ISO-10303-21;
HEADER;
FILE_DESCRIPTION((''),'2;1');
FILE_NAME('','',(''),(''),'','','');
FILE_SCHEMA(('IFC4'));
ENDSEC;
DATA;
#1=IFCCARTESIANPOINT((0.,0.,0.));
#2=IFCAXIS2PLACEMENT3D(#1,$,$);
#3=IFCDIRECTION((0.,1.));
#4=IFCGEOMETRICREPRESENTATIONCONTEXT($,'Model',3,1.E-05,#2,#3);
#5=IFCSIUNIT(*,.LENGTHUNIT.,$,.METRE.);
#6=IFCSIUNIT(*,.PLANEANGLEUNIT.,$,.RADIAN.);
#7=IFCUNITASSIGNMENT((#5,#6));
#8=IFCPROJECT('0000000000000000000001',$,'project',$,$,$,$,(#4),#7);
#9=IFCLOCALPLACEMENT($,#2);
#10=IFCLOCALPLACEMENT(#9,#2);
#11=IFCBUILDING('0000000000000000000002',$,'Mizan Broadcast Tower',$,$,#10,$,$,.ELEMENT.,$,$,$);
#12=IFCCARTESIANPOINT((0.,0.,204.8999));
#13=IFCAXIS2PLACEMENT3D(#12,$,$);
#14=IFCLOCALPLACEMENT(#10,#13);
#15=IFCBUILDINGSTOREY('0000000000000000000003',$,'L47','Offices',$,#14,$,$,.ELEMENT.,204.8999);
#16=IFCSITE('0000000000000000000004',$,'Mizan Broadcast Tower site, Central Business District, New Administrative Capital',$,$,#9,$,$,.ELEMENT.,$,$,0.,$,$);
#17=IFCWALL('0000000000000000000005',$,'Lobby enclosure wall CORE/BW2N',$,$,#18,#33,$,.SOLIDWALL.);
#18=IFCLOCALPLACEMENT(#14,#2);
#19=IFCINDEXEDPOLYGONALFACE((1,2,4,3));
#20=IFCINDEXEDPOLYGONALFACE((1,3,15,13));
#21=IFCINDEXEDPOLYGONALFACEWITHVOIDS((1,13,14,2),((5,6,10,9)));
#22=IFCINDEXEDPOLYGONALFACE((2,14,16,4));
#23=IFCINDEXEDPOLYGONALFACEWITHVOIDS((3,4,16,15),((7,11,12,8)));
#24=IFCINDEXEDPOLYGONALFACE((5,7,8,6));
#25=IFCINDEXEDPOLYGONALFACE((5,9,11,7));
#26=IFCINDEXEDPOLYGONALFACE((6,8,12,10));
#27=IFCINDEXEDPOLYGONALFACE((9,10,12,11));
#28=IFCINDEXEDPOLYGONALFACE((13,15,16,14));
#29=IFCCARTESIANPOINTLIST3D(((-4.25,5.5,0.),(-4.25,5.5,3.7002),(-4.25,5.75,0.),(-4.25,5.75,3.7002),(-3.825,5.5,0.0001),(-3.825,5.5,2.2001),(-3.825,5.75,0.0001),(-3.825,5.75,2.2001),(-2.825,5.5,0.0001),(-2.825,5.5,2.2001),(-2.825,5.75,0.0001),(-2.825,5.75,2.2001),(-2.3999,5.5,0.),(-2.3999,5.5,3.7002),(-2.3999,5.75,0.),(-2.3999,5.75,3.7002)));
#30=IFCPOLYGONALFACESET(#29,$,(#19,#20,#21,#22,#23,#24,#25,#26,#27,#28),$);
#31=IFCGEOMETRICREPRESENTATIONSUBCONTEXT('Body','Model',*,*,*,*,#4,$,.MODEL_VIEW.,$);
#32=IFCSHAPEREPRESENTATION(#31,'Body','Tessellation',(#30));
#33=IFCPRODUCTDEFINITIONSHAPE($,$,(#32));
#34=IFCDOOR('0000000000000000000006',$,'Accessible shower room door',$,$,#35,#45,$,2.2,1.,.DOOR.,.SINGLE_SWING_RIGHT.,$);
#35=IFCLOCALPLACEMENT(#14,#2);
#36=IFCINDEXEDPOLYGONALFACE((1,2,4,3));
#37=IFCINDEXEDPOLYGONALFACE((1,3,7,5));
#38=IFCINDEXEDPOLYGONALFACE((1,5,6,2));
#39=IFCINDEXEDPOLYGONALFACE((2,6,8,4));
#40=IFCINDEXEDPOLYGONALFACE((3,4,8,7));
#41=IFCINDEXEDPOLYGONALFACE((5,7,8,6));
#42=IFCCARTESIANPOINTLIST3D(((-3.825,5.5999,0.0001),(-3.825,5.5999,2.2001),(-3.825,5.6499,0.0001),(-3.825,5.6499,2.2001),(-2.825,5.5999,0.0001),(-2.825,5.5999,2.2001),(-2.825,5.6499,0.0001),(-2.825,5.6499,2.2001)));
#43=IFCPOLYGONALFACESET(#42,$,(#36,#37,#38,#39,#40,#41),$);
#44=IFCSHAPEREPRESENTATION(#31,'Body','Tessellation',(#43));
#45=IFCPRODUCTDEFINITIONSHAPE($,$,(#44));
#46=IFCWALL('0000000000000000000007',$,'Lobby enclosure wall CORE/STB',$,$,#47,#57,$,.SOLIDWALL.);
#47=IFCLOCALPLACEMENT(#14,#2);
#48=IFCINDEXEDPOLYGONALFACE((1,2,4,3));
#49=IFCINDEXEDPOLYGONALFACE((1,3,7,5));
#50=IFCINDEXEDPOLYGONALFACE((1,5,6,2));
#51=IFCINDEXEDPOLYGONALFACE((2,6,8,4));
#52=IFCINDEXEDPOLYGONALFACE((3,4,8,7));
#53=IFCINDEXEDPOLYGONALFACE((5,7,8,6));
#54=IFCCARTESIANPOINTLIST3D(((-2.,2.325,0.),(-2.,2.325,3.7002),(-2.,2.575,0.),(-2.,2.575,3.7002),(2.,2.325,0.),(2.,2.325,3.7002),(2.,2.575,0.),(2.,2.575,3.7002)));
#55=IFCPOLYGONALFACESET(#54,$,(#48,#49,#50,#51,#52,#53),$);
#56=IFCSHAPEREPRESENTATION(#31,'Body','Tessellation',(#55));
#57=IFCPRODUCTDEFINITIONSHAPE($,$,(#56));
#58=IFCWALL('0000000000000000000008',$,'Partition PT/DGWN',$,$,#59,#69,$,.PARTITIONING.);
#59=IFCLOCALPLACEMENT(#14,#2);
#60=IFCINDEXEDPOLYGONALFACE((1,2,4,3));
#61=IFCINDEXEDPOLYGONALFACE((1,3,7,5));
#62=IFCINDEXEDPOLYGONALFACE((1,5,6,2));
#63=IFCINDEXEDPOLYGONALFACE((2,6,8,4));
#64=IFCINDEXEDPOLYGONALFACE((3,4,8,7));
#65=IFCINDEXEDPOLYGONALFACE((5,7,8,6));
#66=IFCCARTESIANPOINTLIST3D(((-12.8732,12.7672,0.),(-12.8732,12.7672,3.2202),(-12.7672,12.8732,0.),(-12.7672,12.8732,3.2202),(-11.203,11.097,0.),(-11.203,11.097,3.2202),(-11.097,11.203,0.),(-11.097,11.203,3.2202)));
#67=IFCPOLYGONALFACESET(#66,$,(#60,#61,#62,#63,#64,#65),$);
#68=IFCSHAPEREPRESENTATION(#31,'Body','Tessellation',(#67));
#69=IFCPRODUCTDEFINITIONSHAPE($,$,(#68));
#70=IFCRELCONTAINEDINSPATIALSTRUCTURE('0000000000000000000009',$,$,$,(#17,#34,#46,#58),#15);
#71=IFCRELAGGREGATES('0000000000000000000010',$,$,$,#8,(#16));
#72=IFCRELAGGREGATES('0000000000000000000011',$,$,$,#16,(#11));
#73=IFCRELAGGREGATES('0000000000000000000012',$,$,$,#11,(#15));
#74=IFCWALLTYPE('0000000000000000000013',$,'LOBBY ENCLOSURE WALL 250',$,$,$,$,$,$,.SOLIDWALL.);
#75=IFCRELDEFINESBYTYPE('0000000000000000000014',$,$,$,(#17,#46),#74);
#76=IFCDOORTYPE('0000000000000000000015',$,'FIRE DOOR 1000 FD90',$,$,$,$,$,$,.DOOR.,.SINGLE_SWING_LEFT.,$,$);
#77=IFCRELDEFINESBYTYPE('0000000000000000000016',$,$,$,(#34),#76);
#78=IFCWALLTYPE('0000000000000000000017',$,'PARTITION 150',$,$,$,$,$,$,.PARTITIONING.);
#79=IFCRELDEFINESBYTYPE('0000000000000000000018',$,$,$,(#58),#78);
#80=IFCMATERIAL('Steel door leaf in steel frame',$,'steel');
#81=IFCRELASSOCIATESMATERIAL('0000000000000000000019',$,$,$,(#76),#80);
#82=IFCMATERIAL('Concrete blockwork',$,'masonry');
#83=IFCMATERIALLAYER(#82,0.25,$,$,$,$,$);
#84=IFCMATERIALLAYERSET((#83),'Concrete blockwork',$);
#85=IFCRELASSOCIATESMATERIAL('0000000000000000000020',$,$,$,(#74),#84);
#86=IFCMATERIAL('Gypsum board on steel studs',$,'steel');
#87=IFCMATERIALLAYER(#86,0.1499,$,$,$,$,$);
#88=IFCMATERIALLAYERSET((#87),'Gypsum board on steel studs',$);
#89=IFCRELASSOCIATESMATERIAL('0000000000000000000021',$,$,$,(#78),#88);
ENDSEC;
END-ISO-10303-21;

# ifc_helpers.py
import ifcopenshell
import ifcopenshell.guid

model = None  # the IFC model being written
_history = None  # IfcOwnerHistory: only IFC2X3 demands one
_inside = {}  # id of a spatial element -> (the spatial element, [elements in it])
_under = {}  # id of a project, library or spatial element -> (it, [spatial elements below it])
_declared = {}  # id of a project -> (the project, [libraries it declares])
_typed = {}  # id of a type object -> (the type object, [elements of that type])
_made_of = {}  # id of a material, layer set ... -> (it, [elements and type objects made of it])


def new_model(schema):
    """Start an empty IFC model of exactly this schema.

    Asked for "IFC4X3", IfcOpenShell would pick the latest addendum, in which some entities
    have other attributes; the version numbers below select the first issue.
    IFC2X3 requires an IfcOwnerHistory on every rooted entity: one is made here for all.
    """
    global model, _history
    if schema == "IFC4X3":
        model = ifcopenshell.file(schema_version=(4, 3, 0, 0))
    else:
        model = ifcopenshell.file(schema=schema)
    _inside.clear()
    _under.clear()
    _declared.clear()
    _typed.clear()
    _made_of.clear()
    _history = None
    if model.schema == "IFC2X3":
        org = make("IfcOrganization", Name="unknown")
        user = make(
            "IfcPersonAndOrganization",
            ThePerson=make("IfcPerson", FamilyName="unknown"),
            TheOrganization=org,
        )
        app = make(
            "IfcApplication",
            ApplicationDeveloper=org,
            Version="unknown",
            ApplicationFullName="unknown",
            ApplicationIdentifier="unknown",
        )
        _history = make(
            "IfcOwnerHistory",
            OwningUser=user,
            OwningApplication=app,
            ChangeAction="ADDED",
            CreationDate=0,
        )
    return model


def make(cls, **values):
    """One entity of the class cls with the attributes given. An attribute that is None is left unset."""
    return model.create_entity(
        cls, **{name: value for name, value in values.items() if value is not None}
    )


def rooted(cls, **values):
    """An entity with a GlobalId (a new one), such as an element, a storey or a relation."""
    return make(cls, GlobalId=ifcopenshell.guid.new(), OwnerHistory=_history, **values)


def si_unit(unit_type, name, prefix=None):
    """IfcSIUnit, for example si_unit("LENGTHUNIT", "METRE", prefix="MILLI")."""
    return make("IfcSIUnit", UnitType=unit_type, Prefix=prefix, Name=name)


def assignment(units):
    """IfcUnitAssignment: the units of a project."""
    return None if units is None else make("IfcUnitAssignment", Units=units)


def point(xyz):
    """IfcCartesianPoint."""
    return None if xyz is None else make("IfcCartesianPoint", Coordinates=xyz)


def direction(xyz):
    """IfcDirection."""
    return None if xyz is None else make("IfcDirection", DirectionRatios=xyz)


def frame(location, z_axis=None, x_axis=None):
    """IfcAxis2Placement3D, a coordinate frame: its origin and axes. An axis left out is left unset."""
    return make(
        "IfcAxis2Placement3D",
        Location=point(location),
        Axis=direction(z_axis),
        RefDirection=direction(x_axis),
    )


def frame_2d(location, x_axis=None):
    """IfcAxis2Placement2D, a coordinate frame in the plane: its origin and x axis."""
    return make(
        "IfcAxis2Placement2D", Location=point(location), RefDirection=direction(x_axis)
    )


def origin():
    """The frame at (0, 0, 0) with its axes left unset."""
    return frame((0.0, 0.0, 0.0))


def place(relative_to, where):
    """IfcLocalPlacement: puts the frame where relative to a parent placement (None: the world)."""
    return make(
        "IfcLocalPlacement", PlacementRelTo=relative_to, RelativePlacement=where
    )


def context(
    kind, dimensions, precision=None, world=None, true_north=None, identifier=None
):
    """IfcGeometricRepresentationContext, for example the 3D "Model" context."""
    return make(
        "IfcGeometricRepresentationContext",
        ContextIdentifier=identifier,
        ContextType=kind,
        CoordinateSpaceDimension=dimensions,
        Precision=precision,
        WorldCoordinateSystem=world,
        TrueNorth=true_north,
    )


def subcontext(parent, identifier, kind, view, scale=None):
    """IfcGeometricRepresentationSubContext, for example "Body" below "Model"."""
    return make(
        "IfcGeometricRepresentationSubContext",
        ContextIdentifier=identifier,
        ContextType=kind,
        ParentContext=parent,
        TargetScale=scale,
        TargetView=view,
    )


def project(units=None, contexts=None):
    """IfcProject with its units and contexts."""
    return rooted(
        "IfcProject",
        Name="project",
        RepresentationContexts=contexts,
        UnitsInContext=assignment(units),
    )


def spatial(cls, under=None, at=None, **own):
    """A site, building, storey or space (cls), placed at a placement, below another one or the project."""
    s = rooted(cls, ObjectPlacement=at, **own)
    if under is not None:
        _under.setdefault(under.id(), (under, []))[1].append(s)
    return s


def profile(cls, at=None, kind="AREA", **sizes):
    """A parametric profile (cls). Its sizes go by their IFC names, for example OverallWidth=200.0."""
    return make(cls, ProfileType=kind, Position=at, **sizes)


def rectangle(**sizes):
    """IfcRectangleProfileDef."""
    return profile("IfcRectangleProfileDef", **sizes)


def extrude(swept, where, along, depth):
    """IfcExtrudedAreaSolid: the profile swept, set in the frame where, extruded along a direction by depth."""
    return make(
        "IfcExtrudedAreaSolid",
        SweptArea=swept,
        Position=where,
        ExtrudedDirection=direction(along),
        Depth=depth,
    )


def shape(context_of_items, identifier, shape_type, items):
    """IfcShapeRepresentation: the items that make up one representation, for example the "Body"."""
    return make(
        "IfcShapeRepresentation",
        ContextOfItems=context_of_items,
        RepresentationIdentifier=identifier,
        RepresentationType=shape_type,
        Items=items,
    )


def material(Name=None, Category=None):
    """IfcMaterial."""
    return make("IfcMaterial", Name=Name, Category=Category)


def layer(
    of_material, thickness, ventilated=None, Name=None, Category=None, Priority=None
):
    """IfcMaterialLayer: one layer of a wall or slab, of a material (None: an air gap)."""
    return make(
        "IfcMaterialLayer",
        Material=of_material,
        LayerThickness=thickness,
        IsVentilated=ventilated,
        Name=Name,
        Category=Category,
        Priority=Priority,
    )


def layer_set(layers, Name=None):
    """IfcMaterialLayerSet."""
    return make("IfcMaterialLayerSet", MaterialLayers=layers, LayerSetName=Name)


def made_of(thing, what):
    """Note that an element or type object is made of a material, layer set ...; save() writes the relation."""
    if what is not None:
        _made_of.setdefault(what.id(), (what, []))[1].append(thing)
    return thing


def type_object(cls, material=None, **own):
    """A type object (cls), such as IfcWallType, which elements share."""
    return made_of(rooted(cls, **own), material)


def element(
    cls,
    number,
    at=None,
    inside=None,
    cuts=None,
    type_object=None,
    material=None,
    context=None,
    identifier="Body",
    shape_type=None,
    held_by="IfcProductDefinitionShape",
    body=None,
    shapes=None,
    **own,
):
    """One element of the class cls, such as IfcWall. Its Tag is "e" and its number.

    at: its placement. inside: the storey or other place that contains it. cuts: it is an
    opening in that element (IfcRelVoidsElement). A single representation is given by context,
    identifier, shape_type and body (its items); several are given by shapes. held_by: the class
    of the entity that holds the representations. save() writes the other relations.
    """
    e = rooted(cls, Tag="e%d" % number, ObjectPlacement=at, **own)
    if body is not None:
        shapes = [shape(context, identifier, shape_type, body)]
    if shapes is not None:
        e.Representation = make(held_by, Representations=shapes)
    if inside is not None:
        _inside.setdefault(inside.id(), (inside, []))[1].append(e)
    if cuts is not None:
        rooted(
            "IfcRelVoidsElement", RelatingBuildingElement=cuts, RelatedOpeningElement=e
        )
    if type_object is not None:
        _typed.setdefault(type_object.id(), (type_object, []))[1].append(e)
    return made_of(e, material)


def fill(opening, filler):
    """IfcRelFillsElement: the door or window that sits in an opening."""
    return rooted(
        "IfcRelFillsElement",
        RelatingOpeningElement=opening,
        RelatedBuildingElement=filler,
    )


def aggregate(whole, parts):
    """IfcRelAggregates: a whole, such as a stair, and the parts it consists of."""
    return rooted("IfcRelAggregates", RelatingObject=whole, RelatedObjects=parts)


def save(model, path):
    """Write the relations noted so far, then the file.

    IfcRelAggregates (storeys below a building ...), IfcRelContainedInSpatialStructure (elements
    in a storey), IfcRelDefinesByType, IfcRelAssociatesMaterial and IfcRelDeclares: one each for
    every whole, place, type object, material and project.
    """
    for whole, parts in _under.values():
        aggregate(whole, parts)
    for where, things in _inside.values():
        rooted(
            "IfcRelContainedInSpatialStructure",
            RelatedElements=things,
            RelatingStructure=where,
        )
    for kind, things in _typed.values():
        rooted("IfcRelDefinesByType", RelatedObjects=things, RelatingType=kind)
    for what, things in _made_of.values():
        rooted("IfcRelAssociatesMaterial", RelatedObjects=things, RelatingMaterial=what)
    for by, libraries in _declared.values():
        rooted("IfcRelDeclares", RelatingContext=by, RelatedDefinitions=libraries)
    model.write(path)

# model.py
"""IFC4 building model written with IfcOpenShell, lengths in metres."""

from ifc_helpers import new_model, si_unit, direction, frame, frame_2d, origin, place, context, subcontext, project, spatial, rectangle, extrude, material, layer, layer_set, type_object, element, fill, save


model = new_model("IFC4")

# Units and contexts
model_context = context("Model", 3, precision=1e-05, world=origin(), true_north=direction((0.0, 1.0)))
body_context = subcontext(model_context, "Body", "Model", "MODEL_VIEW")
ifc_project = project(units=[si_unit("LENGTHUNIT", "METRE"), si_unit("PLANEANGLEUNIT", "RADIAN")], contexts=[model_context])

# Site, building, storey
site_placement = place(None, origin())
site = spatial("IfcSite", under=ifc_project, at=site_placement, Name="Mizan Broadcast Tower site, Central Business District, New Administrative Capital", CompositionType="ELEMENT", RefElevation=0.0)
building_placement = place(site_placement, origin())
building = spatial("IfcBuilding", under=site, at=building_placement, Name="Mizan Broadcast Tower", CompositionType="ELEMENT")
storey_placement = place(building_placement, frame((0.0, 0.0, 204.8999)))
storey = spatial("IfcBuildingStorey", under=building, at=storey_placement, Name="L47", Description="Offices", CompositionType="ELEMENT", Elevation=204.8999)

# Shared definitions
ifc_material_1 = material(Name="Steel door leaf in steel frame", Category="steel")
door_type_1 = type_object("IfcDoorType", Name="FIRE DOOR 1000 FD90", OperationType="SINGLE_SWING_LEFT", PredefinedType="DOOR", material=ifc_material_1)

# Shared definitions
ifc_material_2 = material(Name="Concrete blockwork", Category="masonry")
ifc_layer_1 = layer(ifc_material_2, 0.25)
ifc_layer_set_1 = layer_set([ifc_layer_1], Name="Concrete blockwork")
wall_type_1 = type_object("IfcWallType", Name="LOBBY ENCLOSURE WALL 250", PredefinedType="SOLIDWALL", material=ifc_layer_set_1)

# Wall, opening, door
wall_1_placement = place(storey_placement, frame((-4.25, 5.625, 0.0), z_axis=(0.0, 0.0, 1.0), x_axis=(1.0, 0.0, 0.0)))
wall_1 = element("IfcWall", 1, at=wall_1_placement, inside=storey, type_object=wall_type_1, Name="Lobby enclosure wall CORE/BW2N", PredefinedType="SOLIDWALL", context=body_context, shape_type="SweptSolid", body=[
    extrude(rectangle(XDim=1.8501, YDim=0.25, at=frame_2d((0.925, 0.0))), origin(), (0.0, 0.0, 1.0), 3.7002),
])
opening_1_placement = place(wall_1_placement, frame((0.425, 0.0, 0.0)))
opening_1 = element("IfcOpeningElement", 2, at=opening_1_placement, cuts=wall_1, PredefinedType="OPENING", context=body_context, shape_type="SweptSolid", body=[
    extrude(rectangle(XDim=1.0, YDim=2.2, at=frame_2d((0.5, 1.1001))), frame((0.0, 0.135, 0.0), z_axis=(0.0, -1.0, 0.0), x_axis=(1.0, 0.0, 0.0)), (0.0, 0.0, 1.0), 0.27),
])
door_1_placement = place(opening_1_placement, origin())
door_1 = element("IfcDoor", 3, at=door_1_placement, inside=storey, type_object=door_type_1, Name="Accessible shower room door", OperationType="SINGLE_SWING_RIGHT", OverallHeight=2.2, OverallWidth=1.0, PredefinedType="DOOR", context=body_context, shape_type="SweptSolid", body=[
    extrude(rectangle(XDim=1.0, YDim=2.2, at=frame_2d((0.5, 1.1001))), frame((0.0, 0.0249, 0.0), z_axis=(0.0, -1.0, 0.0), x_axis=(1.0, 0.0, 0.0)), (0.0, 0.0, 1.0), 0.05),
])
fill(opening_1, door_1)

# Walls
wall_2_placement = place(storey_placement, frame((-2.0, 2.45, 0.0), z_axis=(0.0, 0.0, 1.0), x_axis=(1.0, 0.0, 0.0)))
element("IfcWall", 4, at=wall_2_placement, inside=storey, type_object=wall_type_1, Name="Lobby enclosure wall CORE/STB", PredefinedType="SOLIDWALL", context=body_context, shape_type="SweptSolid", body=[
    extrude(rectangle(XDim=4.0, YDim=0.25, at=frame_2d((2.0, 0.0))), origin(), (0.0, 0.0, 1.0), 3.7002),
])
ifc_material_3 = material(Name="Gypsum board on steel studs", Category="steel")
ifc_layer_2 = layer(ifc_material_3, 0.1499)
ifc_layer_set_2 = layer_set([ifc_layer_2], Name="Gypsum board on steel studs")
wall_type_2 = type_object("IfcWallType", Name="PARTITION 150", PredefinedType="PARTITIONING", material=ifc_layer_set_2)
wall_3_placement = place(storey_placement, frame((-11.1499, 11.1499, 0.0), z_axis=(0.0, 0.0, 1.0), x_axis=(-0.707107, 0.707107, 0.0)))
element("IfcWall", 5, at=wall_3_placement, inside=storey, type_object=wall_type_2, Name="Partition PT/DGWN", PredefinedType="PARTITIONING", context=body_context, shape_type="SweptSolid", body=[
    extrude(rectangle(XDim=2.3621, YDim=0.1499, at=frame_2d((1.1812, 0.0))), origin(), (0.0, 0.0, 1.0), 3.2202),
])

save(model, "model.ifc")
